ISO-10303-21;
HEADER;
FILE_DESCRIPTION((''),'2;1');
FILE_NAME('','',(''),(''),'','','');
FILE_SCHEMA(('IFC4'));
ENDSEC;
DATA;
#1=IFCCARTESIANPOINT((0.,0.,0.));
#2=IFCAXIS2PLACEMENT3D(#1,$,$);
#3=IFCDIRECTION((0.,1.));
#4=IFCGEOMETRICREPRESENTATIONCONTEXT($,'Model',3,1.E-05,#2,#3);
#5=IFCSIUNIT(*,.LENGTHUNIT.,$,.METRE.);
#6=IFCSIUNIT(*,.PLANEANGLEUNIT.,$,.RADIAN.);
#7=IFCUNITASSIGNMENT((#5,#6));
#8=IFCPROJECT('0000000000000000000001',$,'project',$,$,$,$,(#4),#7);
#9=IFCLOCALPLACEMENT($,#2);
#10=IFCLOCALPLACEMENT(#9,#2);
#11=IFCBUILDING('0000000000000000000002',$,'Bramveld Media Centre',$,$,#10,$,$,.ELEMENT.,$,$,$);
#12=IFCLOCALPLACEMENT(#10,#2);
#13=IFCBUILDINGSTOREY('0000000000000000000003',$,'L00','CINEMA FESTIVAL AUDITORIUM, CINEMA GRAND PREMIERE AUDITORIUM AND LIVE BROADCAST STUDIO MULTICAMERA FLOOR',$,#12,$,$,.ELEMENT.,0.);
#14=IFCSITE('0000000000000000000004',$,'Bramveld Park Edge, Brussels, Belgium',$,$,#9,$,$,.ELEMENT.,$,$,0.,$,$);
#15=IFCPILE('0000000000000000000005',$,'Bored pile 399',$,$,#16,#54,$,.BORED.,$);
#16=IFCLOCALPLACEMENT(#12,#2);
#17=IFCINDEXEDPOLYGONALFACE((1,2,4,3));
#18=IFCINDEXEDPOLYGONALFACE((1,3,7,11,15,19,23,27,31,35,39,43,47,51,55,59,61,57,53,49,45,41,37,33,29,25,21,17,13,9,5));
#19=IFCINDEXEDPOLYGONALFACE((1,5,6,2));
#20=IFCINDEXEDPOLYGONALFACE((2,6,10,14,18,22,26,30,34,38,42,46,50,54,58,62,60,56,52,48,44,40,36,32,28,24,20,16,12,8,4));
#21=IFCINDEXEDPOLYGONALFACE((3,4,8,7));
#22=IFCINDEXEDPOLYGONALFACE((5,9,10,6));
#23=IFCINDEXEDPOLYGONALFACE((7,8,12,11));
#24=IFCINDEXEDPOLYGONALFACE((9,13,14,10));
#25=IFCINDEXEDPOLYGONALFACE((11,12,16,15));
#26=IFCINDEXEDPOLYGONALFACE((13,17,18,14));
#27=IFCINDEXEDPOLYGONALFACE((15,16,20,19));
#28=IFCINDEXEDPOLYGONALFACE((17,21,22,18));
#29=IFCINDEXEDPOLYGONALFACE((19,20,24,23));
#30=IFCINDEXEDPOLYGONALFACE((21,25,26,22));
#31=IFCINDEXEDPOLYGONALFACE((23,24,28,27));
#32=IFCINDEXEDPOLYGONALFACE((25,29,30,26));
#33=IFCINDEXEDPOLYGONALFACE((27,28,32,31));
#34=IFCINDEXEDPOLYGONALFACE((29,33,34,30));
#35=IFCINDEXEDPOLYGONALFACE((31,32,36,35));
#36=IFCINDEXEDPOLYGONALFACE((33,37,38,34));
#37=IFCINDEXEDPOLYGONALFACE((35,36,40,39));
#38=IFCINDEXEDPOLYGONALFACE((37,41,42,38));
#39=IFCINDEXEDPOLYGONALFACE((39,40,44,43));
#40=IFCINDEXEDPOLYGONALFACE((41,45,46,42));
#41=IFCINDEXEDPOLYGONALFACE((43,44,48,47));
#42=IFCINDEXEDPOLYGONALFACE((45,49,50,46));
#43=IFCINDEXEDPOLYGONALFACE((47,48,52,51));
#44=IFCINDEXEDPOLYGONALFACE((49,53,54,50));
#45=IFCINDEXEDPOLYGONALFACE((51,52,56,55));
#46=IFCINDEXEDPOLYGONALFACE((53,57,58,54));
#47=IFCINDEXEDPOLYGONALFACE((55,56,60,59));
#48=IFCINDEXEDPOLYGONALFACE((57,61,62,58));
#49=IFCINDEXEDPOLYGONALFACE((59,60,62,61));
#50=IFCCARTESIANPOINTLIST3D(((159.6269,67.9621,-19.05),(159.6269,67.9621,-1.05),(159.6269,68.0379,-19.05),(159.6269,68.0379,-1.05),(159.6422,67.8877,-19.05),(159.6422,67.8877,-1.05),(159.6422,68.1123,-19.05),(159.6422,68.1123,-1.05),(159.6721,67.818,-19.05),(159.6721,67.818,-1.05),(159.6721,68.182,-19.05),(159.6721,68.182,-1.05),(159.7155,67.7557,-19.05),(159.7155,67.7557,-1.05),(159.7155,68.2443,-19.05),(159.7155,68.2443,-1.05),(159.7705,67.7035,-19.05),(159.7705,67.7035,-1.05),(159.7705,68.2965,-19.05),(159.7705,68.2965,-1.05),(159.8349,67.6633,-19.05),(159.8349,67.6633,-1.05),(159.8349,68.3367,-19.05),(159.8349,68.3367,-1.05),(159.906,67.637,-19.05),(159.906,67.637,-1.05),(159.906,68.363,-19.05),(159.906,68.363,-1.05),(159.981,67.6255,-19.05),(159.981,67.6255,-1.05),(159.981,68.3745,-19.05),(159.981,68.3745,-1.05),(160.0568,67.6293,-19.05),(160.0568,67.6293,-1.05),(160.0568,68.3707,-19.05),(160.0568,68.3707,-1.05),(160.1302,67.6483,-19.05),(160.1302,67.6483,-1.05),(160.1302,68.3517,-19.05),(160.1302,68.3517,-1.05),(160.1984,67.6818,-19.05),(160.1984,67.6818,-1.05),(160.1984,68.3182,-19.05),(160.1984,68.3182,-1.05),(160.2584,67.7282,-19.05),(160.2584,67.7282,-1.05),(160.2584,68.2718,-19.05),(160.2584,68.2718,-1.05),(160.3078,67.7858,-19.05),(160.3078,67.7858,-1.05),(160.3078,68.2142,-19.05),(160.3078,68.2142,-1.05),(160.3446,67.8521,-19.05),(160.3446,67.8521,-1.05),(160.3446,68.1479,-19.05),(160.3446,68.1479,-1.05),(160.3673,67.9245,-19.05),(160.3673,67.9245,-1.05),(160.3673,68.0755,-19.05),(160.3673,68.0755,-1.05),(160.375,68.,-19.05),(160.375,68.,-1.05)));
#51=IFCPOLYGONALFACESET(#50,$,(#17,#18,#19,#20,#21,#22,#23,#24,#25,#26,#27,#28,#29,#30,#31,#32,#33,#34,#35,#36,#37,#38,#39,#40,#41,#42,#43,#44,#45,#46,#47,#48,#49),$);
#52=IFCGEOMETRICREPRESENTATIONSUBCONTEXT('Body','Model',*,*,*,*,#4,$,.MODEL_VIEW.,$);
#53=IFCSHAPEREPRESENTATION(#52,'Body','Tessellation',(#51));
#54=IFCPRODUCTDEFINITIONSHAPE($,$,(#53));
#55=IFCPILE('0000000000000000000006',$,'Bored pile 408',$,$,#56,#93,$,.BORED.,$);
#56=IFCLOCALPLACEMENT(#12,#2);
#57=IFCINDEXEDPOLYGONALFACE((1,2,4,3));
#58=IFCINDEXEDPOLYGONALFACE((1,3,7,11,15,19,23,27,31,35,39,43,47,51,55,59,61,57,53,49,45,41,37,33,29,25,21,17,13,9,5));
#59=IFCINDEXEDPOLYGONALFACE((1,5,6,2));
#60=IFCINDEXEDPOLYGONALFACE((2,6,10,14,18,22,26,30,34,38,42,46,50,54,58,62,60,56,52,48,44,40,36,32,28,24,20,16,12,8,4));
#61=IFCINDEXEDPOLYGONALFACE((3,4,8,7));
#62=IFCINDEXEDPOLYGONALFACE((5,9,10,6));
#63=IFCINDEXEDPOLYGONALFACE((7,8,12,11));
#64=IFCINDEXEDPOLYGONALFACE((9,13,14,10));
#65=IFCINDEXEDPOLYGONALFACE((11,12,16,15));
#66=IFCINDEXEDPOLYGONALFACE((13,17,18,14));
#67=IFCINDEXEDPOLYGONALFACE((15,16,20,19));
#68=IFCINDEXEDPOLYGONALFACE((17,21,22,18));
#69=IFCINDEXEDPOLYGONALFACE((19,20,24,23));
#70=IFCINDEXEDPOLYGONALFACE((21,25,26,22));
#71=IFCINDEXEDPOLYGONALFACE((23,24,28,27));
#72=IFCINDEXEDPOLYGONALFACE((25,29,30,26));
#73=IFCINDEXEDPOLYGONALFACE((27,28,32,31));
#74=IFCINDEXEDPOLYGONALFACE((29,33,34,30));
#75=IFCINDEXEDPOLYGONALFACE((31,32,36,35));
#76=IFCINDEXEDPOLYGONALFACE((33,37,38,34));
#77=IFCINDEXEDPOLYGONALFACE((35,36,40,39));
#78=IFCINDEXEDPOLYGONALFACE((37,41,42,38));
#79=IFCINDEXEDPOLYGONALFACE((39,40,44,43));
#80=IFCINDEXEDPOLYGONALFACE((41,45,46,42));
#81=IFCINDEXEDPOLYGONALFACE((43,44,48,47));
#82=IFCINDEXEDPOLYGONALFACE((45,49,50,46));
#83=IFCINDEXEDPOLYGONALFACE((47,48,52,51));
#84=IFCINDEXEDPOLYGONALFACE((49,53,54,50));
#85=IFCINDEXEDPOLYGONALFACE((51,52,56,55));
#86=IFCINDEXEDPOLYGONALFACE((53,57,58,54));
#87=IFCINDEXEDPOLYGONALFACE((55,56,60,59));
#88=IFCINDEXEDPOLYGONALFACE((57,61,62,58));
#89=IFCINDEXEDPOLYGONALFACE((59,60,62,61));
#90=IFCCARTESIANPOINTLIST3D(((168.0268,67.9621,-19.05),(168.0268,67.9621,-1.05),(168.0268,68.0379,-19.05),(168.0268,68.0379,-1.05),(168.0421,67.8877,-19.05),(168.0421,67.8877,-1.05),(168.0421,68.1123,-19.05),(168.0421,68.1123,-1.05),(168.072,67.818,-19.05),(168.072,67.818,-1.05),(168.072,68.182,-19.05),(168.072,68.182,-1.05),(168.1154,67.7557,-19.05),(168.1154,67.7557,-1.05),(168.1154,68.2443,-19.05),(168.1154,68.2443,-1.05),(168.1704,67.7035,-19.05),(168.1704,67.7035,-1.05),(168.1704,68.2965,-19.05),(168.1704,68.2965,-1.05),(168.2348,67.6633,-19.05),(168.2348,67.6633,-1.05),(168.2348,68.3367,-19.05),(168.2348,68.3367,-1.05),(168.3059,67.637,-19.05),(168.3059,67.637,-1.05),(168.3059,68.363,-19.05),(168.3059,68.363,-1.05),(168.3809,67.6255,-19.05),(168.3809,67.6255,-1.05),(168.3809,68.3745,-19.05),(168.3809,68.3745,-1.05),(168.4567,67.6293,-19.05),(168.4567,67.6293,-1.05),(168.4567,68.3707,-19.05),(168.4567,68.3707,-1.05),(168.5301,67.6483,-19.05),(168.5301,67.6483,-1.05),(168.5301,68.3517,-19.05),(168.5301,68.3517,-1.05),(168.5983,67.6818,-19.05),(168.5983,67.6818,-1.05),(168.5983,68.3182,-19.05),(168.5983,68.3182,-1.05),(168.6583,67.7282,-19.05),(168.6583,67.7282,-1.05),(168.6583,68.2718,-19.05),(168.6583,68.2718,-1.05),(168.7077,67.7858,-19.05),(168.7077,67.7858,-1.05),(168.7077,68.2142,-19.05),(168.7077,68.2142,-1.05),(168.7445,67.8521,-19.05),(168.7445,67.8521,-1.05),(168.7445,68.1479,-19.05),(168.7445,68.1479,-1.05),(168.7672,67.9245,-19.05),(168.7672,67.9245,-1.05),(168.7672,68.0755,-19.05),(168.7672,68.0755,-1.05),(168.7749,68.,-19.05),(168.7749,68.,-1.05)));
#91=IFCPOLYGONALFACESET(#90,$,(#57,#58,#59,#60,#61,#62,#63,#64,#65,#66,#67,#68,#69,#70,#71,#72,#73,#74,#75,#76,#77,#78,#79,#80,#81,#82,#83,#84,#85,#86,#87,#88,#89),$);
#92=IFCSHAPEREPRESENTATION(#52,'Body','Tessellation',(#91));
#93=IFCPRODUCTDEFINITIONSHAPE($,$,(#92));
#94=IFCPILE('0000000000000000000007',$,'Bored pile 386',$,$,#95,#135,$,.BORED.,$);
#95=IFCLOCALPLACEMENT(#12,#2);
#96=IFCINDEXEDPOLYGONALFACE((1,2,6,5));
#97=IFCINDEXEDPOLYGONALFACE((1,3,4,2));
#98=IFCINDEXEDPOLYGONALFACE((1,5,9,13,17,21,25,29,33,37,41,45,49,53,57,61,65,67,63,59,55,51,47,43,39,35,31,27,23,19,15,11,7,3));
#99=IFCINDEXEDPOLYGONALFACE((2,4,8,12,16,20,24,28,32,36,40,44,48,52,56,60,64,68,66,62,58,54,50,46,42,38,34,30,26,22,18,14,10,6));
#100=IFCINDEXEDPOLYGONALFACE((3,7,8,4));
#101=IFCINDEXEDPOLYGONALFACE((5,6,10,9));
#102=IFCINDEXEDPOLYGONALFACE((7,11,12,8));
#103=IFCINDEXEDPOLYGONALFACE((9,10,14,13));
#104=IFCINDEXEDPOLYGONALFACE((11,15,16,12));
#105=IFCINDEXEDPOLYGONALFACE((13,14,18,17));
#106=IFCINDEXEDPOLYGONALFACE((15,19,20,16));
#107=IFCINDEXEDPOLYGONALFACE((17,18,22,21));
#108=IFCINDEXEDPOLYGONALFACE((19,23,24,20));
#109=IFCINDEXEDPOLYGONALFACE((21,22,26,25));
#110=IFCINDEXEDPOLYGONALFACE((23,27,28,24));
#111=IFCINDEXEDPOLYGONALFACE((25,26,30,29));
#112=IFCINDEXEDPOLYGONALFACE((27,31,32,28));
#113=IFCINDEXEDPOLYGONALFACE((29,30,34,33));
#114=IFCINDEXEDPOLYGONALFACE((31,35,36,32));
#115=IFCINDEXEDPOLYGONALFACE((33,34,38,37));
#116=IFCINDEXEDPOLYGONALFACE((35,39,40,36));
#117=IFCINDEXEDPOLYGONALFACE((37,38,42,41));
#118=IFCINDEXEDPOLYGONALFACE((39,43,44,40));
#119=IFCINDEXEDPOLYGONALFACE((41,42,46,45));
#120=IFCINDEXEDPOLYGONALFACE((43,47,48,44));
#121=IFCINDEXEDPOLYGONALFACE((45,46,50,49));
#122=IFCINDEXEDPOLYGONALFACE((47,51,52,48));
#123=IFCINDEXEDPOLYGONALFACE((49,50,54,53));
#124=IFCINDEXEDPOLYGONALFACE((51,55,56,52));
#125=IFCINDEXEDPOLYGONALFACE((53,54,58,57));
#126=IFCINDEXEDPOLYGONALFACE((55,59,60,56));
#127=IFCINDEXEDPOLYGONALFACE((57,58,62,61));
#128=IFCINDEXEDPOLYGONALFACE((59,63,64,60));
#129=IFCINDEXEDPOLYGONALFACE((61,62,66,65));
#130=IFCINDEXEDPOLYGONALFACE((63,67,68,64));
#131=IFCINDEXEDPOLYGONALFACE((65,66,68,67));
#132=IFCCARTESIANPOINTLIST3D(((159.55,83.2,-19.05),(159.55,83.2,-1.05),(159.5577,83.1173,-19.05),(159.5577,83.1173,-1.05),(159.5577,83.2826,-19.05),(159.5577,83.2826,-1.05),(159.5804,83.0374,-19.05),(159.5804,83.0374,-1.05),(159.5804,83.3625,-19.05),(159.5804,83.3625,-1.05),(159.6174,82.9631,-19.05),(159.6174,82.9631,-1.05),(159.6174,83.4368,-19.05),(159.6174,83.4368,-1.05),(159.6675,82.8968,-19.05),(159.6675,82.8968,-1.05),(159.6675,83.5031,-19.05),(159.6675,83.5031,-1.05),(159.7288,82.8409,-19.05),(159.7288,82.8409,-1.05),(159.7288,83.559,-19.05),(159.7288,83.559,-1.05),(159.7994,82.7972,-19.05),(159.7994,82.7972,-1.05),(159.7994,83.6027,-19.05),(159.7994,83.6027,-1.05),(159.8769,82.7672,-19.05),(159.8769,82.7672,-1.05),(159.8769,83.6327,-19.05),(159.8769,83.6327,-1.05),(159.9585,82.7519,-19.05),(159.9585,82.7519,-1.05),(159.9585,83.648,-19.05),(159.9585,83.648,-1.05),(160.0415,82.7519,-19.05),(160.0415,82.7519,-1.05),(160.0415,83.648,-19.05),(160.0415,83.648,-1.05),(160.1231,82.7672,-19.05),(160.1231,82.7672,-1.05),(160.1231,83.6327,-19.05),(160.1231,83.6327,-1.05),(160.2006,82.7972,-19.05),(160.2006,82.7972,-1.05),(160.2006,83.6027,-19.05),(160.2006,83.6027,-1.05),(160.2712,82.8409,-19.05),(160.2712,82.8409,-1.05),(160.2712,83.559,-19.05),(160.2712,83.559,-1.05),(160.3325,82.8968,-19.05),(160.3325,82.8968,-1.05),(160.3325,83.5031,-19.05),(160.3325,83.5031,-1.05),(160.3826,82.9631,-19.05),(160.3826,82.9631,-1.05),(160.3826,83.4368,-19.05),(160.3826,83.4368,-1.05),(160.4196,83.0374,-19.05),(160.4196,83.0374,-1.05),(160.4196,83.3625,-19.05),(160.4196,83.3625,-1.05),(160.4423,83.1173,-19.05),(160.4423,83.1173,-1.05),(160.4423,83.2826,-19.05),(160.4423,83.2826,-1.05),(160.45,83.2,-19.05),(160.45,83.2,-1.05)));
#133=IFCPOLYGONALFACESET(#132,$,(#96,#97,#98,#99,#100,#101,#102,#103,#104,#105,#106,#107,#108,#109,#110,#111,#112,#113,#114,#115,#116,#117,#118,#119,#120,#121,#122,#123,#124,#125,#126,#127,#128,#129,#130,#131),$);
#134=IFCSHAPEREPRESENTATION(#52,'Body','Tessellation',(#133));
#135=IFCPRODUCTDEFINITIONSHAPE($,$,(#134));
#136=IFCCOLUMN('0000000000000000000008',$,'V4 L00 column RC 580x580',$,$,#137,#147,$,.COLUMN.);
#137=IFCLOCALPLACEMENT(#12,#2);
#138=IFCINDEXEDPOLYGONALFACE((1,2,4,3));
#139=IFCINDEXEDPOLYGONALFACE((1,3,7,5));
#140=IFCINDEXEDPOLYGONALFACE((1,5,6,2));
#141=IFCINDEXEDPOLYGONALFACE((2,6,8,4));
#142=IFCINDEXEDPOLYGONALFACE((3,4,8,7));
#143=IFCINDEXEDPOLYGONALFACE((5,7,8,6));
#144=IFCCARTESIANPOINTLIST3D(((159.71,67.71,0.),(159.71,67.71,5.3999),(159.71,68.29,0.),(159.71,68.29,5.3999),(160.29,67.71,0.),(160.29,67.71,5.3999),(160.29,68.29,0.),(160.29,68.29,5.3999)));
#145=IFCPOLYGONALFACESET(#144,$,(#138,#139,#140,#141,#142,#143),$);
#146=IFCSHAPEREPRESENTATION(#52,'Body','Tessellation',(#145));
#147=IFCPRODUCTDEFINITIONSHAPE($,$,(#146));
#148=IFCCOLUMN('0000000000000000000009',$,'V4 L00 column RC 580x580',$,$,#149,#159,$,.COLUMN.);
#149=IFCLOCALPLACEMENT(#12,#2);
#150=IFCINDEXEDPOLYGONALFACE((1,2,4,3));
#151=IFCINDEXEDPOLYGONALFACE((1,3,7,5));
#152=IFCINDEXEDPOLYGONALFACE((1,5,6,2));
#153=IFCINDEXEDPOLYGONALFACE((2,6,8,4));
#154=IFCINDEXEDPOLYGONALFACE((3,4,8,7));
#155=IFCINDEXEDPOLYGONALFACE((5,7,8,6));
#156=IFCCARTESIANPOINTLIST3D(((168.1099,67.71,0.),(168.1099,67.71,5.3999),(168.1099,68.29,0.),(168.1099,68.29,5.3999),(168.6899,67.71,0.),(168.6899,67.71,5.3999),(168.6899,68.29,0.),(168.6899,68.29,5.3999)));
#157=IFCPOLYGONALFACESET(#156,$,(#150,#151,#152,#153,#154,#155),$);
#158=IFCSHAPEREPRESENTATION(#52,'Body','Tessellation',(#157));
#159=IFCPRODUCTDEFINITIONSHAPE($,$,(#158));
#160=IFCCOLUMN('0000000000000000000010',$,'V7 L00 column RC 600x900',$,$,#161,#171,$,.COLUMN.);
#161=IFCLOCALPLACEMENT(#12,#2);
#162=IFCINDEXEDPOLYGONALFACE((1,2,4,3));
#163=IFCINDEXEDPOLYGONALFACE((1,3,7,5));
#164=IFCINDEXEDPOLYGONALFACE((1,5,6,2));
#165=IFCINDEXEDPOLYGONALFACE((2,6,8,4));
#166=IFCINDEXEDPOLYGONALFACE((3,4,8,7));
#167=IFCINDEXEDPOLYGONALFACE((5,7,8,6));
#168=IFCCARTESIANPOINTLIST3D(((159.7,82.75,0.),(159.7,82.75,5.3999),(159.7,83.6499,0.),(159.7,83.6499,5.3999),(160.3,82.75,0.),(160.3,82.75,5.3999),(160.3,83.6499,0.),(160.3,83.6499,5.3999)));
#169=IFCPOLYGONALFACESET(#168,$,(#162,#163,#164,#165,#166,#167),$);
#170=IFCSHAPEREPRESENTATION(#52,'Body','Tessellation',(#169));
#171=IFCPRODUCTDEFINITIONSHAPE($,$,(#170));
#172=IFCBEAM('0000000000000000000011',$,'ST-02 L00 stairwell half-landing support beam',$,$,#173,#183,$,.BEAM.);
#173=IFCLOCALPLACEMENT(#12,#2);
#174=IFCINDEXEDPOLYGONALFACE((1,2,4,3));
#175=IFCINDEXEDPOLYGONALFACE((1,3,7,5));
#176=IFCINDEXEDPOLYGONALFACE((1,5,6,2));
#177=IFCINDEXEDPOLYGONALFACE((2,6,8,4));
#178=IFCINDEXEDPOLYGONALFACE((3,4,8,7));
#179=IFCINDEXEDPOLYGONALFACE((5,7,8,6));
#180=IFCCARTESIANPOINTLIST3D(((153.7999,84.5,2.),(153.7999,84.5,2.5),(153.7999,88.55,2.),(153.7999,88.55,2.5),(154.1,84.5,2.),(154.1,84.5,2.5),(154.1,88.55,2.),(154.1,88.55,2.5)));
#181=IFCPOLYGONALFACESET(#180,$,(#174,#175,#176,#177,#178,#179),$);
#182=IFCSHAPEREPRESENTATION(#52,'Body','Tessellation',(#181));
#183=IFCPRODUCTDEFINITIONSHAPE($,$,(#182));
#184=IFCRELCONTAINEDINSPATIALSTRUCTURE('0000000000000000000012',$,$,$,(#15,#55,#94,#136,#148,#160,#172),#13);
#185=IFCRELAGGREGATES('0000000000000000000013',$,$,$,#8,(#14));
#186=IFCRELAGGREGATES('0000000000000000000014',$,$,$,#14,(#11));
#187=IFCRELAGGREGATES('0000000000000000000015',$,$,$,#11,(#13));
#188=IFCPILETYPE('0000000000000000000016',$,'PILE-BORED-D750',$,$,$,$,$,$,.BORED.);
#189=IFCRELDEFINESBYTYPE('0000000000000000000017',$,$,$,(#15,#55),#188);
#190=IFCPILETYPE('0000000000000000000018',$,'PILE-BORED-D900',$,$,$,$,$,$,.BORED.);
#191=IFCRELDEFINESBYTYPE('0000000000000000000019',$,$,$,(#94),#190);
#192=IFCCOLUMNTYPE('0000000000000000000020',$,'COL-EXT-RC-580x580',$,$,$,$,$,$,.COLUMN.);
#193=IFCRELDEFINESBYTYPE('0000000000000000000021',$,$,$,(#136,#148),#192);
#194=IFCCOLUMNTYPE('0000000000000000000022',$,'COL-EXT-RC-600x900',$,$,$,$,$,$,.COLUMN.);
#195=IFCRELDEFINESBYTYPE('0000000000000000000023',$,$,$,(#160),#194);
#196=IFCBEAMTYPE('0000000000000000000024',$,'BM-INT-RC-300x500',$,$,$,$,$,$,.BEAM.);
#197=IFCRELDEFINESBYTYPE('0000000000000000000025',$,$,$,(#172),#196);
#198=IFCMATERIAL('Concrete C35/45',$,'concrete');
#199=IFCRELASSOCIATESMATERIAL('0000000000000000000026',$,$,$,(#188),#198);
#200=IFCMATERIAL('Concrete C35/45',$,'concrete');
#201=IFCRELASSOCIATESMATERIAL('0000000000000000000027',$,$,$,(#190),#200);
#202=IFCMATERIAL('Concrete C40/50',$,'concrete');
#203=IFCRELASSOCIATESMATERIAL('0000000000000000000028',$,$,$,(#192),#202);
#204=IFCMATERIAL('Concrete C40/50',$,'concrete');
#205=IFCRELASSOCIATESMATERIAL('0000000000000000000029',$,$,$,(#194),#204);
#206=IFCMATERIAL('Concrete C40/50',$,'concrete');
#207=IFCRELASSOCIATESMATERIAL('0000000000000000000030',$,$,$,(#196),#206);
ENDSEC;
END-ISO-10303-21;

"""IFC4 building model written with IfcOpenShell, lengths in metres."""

from ifc_helpers import new_model, si_unit, direction, frame, origin, origin_2d, place, context, subcontext, project, spatial, rectangle, circle, extrude, material, material_profile, profile_set, type_object, element, save


model = new_model("IFC4")

# Units and contexts
model_context = context("Model", 3, precision=1e-05, world=origin(), true_north=direction((0.0, 1.0)))
body_context = subcontext(model_context, "Body", "Model", "MODEL_VIEW")
ifc_project = project(units=[si_unit("LENGTHUNIT", "METRE"), si_unit("PLANEANGLEUNIT", "RADIAN")], contexts=[model_context])

# Site, building, storey
site_placement = place(None, origin())
site = spatial("IfcSite", under=ifc_project, at=site_placement, Name="Bramveld Park Edge, Brussels, Belgium", CompositionType="ELEMENT", RefElevation=0.0)
building_placement = place(site_placement, origin())
building = spatial("IfcBuilding", under=site, at=building_placement, Name="Bramveld Media Centre", CompositionType="ELEMENT")
storey_placement = place(building_placement, origin())
storey = spatial("IfcBuildingStorey", under=building, at=storey_placement, Name="L00", Description="CINEMA FESTIVAL AUDITORIUM, CINEMA GRAND PREMIERE AUDITORIUM AND LIVE BROADCAST STUDIO MULTICAMERA FLOOR", CompositionType="ELEMENT", Elevation=0.0)

# Piles
ifc_material_1 = material(Name="Concrete C35/45", Category="concrete")
ifc_material_profile_1 = material_profile(ifc_material_1, circle(Radius=0.375, at=origin_2d()), Name="BORED D750")
ifc_profile_set_1 = profile_set([ifc_material_profile_1], Name="Concrete C35/45")
pile_type_1 = type_object("IfcPileType", Name="PILE-BORED-D750", PredefinedType="BORED", material=ifc_profile_set_1)
for number, where, z_axis, x_axis, name in (
    (1, (160.0, 68.0, -1.05), (0.0, 0.0, -1.0), (1.0, 0.0, 0.0), "Bored pile 399"),
    (2, (168.3999, 68.0, -1.05), (0.0, 0.0, -1.0), (1.0, 0.0, 0.0), "Bored pile 408"),
):
    element("IfcPile", number, at=place(storey_placement, frame(where, z_axis=z_axis, x_axis=x_axis)), inside=storey, type_object=pile_type_1, Name=name, PredefinedType="BORED", context=body_context, shape_type="SweptSolid", body=[
        extrude(circle(Radius=0.375, at=origin_2d()), origin(), (0.0, 0.0, 1.0), 18.0),
    ])
ifc_material_2 = material(Name="Concrete C35/45", Category="concrete")
ifc_material_profile_2 = material_profile(ifc_material_2, circle(Radius=0.45, at=origin_2d()), Name="BORED D900")
ifc_profile_set_2 = profile_set([ifc_material_profile_2], Name="Concrete C35/45")
pile_type_2 = type_object("IfcPileType", Name="PILE-BORED-D900", PredefinedType="BORED", material=ifc_profile_set_2)
pile_placement = place(storey_placement, frame((160.0, 83.2, -1.05), z_axis=(0.0, 0.0, -1.0), x_axis=(1.0, 0.0, 0.0)))
element("IfcPile", 3, at=pile_placement, inside=storey, type_object=pile_type_2, Name="Bored pile 386", PredefinedType="BORED", context=body_context, shape_type="SweptSolid", body=[
    extrude(circle(Radius=0.45, at=origin_2d()), origin(), (0.0, 0.0, 1.0), 18.0),
])

# Columns
ifc_material_3 = material(Name="Concrete C40/50", Category="concrete")
ifc_material_profile_3 = material_profile(ifc_material_3, rectangle(XDim=0.5801, YDim=0.5801, at=origin_2d()), Name="RC 580x580")
ifc_profile_set_3 = profile_set([ifc_material_profile_3], Name="Concrete C40/50")
column_type_1 = type_object("IfcColumnType", Name="COL-EXT-RC-580x580", PredefinedType="COLUMN", material=ifc_profile_set_3)
for number, where, z_axis, x_axis, name in (
    (4, (160.0, 68.0, 0.0), (0.0, 0.0, 1.0), (1.0, 0.0, 0.0), "V4 L00 column RC 580x580"),
    (5, (168.3999, 68.0, 0.0), (0.0, 0.0, 1.0), (1.0, 0.0, 0.0), "V4 L00 column RC 580x580"),
):
    element("IfcColumn", number, at=place(storey_placement, frame(where, z_axis=z_axis, x_axis=x_axis)), inside=storey, type_object=column_type_1, Name=name, PredefinedType="COLUMN", context=body_context, shape_type="SweptSolid", body=[
        extrude(rectangle(XDim=0.5801, YDim=0.5801, at=origin_2d()), origin(), (0.0, 0.0, 1.0), 5.3999),
    ])
ifc_material_4 = material(Name="Concrete C40/50", Category="concrete")
ifc_material_profile_4 = material_profile(ifc_material_4, rectangle(XDim=0.6001, YDim=0.8999, at=origin_2d()), Name="RC 600x900")
ifc_profile_set_4 = profile_set([ifc_material_profile_4], Name="Concrete C40/50")
column_type_2 = type_object("IfcColumnType", Name="COL-EXT-RC-600x900", PredefinedType="COLUMN", material=ifc_profile_set_4)
column_placement = place(storey_placement, frame((160.0, 83.2, 0.0), z_axis=(0.0, 0.0, 1.0), x_axis=(1.0, 0.0, 0.0)))
element("IfcColumn", 6, at=column_placement, inside=storey, type_object=column_type_2, Name="V7 L00 column RC 600x900", PredefinedType="COLUMN", context=body_context, shape_type="SweptSolid", body=[
    extrude(rectangle(XDim=0.6001, YDim=0.8999, at=origin_2d()), origin(), (0.0, 0.0, 1.0), 5.3999),
])

# Beam
ifc_material_5 = material(Name="Concrete C40/50", Category="concrete")
ifc_material_profile_5 = material_profile(ifc_material_5, rectangle(XDim=0.3, YDim=0.5, at=origin_2d()), Name="RC 300x500")
ifc_profile_set_5 = profile_set([ifc_material_profile_5], Name="Concrete C40/50")
beam_type_1 = type_object("IfcBeamType", Name="BM-INT-RC-300x500", PredefinedType="BEAM", material=ifc_profile_set_5)
beam_1_placement = place(storey_placement, frame((153.95, 84.5, 2.25), z_axis=(0.0, 1.0, 0.0), x_axis=(-1.0, 0.0, 0.0)))
element("IfcBeam", 7, at=beam_1_placement, inside=storey, type_object=beam_type_1, Name="ST-02 L00 stairwell half-landing support beam", PredefinedType="BEAM", context=body_context, shape_type="SweptSolid", body=[
    extrude(rectangle(XDim=0.3, YDim=0.5, at=origin_2d()), origin(), (0.0, 0.0, 1.0), 4.05),
])

save(model, "model.ifc")
